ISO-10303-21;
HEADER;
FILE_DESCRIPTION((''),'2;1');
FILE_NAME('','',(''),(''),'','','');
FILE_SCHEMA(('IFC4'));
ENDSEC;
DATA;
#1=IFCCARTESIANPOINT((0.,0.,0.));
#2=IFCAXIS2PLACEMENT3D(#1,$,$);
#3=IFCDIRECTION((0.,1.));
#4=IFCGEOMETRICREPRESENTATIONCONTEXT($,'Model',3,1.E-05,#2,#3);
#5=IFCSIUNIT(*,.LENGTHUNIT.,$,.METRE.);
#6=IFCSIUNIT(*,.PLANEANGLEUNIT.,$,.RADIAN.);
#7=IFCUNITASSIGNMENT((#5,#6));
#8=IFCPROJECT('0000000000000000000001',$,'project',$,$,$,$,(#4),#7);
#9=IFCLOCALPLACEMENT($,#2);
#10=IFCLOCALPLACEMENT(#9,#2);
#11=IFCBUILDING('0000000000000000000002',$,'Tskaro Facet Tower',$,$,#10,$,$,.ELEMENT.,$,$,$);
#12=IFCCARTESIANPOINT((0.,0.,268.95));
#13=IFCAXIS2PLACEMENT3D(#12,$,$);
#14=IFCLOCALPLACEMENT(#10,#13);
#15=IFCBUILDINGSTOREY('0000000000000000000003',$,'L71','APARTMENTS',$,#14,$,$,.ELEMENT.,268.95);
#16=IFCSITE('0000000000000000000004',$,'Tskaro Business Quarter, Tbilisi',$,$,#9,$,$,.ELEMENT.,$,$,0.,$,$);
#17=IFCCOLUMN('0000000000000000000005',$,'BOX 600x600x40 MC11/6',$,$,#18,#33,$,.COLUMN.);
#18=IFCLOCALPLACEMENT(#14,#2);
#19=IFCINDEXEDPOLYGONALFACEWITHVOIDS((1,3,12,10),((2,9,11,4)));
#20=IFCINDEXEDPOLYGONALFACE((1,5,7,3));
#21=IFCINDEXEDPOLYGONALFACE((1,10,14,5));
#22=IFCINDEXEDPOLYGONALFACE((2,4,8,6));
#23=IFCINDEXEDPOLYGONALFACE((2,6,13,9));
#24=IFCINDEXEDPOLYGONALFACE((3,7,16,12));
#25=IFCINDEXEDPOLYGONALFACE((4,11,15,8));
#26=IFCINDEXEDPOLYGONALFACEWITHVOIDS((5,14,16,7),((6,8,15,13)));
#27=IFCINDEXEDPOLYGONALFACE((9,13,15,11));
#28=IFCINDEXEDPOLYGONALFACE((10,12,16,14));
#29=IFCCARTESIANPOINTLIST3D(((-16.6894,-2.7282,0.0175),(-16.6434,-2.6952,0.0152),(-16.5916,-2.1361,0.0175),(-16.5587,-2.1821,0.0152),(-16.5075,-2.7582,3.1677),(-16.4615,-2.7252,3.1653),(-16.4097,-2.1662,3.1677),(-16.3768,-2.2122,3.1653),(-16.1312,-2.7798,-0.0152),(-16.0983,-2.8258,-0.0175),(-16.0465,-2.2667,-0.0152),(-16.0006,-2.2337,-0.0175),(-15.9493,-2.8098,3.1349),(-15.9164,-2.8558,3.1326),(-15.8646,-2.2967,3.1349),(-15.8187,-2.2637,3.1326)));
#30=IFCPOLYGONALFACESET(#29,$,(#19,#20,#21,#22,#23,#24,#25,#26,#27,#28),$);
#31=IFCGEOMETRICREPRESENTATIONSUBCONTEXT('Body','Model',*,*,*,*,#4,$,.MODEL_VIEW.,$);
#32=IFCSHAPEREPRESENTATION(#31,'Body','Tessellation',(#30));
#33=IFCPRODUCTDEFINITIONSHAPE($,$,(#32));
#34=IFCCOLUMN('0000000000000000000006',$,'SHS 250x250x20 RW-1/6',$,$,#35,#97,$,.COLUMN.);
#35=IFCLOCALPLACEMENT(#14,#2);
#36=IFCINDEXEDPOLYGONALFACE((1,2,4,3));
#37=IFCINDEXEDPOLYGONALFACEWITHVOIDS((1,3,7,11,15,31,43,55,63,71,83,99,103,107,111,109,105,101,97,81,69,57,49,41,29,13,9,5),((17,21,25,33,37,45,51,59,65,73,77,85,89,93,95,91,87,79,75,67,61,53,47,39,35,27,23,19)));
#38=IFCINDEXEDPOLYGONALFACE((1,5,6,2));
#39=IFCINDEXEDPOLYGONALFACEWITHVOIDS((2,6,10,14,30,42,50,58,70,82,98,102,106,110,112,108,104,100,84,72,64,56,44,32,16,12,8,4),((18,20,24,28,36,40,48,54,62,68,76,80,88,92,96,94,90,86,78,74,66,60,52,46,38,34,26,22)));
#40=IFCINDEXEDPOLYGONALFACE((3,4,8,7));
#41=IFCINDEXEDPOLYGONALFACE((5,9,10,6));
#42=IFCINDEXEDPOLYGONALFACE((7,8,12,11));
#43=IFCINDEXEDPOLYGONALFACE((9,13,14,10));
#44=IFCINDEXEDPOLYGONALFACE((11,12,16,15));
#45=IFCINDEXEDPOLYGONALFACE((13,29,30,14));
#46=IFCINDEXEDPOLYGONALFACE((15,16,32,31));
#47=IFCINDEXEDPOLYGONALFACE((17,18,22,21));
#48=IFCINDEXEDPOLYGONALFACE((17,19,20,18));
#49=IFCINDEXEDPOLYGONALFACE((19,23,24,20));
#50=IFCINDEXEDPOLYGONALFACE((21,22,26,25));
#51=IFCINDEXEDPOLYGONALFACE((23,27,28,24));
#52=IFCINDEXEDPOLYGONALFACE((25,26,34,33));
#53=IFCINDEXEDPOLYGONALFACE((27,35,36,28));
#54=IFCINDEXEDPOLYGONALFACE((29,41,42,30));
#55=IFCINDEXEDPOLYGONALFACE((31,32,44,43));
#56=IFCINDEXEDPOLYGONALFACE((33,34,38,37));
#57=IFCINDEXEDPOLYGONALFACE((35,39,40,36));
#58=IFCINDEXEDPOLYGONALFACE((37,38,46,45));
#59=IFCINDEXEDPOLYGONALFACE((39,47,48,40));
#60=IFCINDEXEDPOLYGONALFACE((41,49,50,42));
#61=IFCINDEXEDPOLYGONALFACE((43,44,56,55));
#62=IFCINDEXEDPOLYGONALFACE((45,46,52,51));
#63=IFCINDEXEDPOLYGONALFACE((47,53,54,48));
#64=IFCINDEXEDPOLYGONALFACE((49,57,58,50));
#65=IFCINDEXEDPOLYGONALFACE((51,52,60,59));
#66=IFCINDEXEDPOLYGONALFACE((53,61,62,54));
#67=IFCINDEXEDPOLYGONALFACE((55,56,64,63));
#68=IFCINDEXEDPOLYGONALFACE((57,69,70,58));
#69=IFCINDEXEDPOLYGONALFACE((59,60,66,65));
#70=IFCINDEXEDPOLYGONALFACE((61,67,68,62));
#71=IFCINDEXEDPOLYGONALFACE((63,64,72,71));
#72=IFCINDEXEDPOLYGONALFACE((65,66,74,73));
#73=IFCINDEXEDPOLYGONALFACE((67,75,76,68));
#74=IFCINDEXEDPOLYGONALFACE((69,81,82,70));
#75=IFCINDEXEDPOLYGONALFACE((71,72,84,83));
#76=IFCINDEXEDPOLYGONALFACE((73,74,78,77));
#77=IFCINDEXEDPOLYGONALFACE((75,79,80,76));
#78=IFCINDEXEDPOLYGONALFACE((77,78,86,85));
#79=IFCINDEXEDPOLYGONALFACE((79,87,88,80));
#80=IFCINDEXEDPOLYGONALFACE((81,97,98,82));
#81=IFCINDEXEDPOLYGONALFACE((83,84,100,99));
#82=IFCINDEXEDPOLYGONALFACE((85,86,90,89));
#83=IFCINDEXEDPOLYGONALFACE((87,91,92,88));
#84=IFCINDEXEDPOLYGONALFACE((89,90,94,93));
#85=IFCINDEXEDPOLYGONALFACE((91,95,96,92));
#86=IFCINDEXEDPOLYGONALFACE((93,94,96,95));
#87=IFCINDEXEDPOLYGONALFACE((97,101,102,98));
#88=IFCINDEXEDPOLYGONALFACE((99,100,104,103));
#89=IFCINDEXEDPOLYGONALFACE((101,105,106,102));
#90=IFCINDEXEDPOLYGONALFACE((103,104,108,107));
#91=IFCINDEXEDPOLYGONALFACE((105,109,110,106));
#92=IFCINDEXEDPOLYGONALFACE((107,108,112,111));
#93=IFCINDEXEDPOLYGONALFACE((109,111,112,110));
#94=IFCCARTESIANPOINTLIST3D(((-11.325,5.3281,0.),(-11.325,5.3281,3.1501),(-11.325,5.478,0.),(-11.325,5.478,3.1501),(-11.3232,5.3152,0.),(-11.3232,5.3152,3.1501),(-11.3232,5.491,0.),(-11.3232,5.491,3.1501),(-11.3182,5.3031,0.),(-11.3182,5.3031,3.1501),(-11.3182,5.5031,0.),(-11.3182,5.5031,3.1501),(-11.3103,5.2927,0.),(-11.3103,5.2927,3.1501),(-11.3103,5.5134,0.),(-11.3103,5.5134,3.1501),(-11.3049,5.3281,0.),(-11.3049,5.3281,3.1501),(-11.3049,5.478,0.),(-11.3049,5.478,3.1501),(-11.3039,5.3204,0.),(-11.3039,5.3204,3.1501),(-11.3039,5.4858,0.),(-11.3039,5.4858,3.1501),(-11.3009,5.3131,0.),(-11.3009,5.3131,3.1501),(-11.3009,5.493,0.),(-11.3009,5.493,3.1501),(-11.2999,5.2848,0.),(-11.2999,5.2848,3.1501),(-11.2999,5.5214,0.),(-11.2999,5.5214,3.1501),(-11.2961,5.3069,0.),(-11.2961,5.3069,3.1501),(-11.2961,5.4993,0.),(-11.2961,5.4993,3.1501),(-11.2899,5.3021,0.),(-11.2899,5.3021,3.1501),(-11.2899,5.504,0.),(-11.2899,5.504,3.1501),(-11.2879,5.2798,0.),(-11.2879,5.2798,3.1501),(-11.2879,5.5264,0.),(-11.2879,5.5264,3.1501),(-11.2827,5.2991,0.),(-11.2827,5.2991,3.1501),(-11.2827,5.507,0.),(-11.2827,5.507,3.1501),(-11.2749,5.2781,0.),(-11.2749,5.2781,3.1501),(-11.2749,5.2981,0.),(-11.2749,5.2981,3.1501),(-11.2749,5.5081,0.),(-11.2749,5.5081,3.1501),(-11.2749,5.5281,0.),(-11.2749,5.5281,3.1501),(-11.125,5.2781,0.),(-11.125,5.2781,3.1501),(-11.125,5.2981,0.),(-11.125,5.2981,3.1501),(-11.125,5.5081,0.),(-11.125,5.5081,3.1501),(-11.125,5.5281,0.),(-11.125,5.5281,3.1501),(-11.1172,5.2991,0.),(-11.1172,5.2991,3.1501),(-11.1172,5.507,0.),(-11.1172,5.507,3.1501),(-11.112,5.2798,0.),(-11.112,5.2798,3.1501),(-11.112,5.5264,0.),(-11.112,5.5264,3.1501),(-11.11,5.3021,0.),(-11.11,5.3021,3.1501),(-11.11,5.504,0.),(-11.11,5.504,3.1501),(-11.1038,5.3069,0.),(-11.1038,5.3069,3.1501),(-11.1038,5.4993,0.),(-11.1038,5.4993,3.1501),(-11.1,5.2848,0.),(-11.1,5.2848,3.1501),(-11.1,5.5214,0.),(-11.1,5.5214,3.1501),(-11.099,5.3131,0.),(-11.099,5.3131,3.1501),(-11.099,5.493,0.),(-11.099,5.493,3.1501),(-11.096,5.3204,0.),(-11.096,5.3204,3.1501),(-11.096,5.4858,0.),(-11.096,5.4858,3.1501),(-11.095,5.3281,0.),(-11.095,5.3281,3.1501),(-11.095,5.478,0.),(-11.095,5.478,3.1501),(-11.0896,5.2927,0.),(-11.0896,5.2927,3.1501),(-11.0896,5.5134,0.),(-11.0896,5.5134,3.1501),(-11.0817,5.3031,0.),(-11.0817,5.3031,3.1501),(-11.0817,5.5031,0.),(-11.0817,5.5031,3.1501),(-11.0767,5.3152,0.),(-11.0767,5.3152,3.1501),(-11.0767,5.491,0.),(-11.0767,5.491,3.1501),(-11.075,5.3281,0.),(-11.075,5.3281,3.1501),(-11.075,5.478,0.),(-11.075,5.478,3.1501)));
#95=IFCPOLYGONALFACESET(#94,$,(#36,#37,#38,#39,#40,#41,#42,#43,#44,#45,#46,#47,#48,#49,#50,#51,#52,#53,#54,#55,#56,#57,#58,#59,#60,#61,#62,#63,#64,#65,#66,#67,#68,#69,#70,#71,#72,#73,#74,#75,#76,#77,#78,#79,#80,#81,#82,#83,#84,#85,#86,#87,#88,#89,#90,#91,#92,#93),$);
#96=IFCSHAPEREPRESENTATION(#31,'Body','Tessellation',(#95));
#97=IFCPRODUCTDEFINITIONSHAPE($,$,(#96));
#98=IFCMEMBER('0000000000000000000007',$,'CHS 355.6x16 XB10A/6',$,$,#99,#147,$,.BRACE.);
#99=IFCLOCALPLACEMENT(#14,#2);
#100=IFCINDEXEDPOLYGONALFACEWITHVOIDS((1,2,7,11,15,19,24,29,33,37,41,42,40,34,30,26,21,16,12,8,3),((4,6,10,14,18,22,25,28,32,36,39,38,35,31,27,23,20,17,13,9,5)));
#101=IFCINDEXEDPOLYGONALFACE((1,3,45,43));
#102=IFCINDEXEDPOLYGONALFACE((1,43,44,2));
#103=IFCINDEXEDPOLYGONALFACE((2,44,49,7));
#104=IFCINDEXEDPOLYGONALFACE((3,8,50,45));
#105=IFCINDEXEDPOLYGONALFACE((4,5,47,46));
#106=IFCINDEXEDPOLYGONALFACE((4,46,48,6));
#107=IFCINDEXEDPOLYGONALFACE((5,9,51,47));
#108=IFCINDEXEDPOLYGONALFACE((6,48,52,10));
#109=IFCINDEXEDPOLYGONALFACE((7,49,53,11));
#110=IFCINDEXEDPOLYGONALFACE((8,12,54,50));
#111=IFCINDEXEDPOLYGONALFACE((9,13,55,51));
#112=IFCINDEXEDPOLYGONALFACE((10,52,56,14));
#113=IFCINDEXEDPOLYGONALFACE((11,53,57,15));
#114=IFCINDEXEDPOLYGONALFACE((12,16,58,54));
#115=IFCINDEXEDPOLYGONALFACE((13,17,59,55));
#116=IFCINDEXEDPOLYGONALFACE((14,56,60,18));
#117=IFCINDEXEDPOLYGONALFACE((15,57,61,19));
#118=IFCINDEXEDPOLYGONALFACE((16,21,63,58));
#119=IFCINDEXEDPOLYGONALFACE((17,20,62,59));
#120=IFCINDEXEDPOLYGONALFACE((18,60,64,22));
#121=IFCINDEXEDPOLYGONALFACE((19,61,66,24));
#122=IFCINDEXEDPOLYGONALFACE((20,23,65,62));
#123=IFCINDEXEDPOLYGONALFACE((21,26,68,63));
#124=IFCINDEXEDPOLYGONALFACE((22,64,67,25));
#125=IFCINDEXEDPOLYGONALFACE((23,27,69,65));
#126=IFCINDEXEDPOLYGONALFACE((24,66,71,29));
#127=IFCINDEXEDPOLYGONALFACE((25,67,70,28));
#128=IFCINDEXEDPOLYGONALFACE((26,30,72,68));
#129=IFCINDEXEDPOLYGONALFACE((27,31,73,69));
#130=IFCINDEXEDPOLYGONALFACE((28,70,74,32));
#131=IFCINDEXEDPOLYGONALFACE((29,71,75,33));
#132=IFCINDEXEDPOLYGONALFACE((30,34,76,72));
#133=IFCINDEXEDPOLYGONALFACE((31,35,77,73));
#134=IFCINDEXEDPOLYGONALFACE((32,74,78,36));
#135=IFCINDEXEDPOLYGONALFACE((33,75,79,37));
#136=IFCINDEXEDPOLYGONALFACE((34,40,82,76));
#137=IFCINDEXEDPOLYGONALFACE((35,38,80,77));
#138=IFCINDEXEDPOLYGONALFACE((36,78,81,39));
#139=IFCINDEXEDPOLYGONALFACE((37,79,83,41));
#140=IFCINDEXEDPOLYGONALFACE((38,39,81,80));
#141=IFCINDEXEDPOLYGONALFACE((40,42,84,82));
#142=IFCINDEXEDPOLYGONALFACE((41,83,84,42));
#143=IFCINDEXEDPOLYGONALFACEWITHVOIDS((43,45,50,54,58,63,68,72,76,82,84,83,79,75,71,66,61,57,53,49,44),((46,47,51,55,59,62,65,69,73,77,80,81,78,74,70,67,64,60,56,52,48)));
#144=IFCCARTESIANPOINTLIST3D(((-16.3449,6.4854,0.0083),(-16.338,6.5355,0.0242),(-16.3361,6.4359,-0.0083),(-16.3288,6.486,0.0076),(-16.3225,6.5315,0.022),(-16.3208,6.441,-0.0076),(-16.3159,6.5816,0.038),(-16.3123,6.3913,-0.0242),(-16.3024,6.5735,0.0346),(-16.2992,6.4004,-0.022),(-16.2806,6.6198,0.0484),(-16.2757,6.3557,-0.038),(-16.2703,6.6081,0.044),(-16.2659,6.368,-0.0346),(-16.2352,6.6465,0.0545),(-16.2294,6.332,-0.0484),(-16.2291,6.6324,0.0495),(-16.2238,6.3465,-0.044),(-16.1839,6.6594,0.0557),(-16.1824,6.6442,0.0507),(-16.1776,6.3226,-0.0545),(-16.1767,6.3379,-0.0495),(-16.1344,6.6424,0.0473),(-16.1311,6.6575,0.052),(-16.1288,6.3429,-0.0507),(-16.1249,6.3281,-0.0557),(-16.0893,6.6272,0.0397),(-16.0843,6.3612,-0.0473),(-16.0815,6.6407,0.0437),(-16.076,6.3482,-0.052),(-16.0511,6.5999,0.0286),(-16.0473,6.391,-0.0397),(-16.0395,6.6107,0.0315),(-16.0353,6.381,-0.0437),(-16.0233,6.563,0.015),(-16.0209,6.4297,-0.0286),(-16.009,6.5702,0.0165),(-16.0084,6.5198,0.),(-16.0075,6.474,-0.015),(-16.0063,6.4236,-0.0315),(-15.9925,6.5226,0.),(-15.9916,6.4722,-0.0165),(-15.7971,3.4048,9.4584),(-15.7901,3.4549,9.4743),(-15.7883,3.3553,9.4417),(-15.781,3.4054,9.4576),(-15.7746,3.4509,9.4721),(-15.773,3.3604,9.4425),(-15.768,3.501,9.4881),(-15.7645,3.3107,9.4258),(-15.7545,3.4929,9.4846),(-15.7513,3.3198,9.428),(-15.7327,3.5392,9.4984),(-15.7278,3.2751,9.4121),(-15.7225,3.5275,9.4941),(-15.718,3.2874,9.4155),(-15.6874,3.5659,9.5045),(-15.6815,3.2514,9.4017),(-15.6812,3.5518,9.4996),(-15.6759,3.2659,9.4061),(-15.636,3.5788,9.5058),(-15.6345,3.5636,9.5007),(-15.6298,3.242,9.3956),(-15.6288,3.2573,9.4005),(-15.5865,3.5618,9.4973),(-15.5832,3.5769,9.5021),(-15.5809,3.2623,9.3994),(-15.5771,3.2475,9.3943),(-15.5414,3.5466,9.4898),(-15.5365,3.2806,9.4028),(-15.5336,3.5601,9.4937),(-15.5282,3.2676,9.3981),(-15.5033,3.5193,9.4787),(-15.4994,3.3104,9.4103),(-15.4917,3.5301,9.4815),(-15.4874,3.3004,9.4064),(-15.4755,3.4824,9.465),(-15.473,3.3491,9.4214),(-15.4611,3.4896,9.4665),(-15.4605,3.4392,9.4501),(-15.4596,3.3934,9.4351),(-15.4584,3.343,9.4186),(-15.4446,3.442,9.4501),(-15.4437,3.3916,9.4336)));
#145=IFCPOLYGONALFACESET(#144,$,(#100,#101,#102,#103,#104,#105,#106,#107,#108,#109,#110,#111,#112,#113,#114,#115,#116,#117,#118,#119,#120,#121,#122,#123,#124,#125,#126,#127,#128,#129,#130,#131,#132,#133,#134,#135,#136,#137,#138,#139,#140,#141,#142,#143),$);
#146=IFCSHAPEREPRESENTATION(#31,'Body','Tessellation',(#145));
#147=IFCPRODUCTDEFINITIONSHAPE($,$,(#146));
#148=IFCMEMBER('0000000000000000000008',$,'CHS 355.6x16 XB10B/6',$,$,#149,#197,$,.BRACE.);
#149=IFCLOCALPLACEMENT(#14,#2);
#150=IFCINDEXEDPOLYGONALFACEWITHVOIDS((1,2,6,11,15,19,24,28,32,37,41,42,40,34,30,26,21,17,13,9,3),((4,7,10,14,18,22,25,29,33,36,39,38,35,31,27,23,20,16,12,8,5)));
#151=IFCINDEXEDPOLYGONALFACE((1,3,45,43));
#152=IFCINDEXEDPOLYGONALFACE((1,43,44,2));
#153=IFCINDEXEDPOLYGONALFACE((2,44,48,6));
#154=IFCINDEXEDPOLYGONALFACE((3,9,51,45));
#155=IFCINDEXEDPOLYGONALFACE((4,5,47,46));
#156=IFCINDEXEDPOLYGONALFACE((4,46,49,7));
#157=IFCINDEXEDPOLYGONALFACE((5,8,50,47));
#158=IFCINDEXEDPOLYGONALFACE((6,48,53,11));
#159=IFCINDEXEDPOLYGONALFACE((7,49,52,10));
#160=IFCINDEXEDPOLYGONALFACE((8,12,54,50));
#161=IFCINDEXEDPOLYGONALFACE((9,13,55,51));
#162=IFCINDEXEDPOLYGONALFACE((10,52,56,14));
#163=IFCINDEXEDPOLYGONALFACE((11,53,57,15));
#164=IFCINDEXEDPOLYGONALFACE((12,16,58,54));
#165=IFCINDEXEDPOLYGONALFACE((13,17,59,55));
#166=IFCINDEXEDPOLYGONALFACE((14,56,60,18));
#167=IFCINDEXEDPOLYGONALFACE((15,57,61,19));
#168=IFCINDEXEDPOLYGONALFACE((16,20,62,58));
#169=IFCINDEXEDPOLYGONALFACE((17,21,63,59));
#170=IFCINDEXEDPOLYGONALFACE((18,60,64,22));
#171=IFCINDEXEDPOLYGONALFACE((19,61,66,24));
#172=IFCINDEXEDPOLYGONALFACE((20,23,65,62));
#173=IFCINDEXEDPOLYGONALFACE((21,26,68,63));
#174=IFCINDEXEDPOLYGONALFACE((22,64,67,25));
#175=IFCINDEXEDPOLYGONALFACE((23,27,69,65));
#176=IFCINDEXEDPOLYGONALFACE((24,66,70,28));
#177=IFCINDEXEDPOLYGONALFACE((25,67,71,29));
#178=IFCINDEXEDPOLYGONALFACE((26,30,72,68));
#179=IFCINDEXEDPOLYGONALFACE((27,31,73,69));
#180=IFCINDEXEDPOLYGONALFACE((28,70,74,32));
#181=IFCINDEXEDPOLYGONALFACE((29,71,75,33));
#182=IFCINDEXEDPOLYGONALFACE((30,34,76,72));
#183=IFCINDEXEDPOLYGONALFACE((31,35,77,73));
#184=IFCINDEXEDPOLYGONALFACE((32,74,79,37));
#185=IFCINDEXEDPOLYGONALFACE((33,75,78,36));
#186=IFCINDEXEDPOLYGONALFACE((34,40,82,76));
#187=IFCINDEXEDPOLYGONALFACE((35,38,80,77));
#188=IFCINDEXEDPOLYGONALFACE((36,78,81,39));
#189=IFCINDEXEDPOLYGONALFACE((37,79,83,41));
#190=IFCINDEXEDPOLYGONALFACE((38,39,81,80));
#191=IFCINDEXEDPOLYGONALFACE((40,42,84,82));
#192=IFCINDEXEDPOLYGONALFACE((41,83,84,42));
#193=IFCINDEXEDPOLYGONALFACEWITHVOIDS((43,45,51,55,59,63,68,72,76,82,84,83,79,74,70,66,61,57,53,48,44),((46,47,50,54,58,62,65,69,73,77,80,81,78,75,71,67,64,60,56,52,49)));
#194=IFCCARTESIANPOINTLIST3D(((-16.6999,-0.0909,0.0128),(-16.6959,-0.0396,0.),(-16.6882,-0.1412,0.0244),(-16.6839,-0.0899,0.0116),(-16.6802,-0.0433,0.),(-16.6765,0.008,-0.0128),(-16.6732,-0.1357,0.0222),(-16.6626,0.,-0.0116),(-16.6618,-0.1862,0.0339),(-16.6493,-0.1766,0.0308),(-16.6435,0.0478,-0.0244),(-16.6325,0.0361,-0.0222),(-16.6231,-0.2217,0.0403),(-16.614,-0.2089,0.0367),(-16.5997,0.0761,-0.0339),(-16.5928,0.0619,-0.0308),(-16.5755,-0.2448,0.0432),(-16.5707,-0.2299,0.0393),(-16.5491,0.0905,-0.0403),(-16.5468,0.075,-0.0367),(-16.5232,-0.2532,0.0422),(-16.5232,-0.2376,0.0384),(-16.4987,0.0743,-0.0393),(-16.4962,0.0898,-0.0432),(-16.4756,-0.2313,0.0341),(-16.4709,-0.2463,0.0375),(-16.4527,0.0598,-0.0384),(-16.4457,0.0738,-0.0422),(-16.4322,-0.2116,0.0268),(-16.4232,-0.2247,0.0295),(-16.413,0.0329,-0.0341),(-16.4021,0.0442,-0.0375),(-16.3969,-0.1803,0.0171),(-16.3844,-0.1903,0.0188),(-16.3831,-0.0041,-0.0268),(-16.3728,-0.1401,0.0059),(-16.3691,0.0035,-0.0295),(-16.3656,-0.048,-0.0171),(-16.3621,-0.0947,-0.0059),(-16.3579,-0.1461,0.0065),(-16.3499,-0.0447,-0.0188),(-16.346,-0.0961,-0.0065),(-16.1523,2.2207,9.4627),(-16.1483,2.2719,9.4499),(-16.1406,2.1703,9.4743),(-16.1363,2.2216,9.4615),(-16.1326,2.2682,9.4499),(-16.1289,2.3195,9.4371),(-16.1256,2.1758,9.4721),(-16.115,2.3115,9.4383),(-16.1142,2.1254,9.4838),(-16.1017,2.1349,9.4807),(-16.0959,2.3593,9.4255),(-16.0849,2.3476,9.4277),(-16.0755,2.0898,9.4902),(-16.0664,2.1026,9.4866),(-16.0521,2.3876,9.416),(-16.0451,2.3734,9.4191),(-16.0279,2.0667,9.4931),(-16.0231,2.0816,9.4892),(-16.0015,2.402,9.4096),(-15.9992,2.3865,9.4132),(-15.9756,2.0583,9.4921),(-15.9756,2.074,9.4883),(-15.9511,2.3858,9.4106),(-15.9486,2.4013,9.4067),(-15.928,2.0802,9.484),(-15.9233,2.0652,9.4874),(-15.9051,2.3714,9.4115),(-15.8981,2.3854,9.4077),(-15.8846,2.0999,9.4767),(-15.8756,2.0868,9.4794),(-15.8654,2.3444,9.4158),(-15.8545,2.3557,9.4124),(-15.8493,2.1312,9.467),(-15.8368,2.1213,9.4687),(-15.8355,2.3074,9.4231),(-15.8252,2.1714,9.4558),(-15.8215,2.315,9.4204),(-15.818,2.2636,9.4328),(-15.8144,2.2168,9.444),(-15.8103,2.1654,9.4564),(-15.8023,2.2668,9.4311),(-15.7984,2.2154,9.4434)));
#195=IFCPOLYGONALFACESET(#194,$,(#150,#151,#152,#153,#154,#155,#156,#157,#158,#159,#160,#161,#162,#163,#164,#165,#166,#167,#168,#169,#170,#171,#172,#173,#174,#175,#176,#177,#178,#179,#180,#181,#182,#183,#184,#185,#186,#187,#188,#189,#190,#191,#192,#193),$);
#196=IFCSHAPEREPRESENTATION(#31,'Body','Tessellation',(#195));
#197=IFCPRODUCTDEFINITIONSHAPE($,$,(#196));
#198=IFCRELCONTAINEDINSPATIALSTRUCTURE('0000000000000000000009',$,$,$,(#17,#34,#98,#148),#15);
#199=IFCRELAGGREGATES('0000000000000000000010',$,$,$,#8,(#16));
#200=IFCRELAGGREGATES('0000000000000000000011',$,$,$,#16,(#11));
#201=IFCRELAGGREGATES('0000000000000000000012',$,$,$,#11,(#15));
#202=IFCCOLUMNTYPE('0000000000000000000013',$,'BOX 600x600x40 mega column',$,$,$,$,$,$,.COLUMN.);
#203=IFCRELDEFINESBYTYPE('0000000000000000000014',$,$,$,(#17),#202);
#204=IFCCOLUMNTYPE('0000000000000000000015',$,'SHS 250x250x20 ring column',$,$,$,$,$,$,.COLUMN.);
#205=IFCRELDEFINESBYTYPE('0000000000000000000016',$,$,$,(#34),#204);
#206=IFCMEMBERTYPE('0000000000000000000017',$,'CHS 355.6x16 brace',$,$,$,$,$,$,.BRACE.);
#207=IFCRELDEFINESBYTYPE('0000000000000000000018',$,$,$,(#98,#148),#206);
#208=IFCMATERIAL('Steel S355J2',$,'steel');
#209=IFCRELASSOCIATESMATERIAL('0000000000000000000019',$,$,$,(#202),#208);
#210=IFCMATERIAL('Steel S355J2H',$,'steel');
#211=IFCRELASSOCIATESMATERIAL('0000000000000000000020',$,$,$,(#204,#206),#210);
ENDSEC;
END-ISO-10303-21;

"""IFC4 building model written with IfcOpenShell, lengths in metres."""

from ifc_helpers import new_model, si_unit, direction, frame, origin, origin_2d, place, context, subcontext, project, spatial, hollow_rectangle, hollow_circle, extrude, material, material_profile, profile_set, type_object, element, save


model = new_model("IFC4")

# Units and contexts
model_context = context("Model", 3, precision=1e-05, world=origin(), true_north=direction((0.0, 1.0)))
body_context = subcontext(model_context, "Body", "Model", "MODEL_VIEW")
ifc_project = project(units=[si_unit("LENGTHUNIT", "METRE"), si_unit("PLANEANGLEUNIT", "RADIAN")], contexts=[model_context])

# Site, building, storey
site_placement = place(None, origin())
site = spatial("IfcSite", under=ifc_project, at=site_placement, Name="Tskaro Business Quarter, Tbilisi", CompositionType="ELEMENT", RefElevation=0.0)
building_placement = place(site_placement, origin())
building = spatial("IfcBuilding", under=site, at=building_placement, Name="Tskaro Facet Tower", CompositionType="ELEMENT")
storey_placement = place(building_placement, frame((0.0, 0.0, 268.95)))
storey = spatial("IfcBuildingStorey", under=building, at=storey_placement, Name="L71", Description="APARTMENTS", CompositionType="ELEMENT", Elevation=268.95)

# Columns
ifc_material_1 = material(Name="Steel S355J2", Category="steel")
ifc_material_profile_1 = material_profile(ifc_material_1, hollow_rectangle(XDim=0.6001, YDim=0.6001, WallThickness=0.04, at=origin_2d()), Name="BOX 600x600x40")
ifc_profile_set_1 = profile_set([ifc_material_profile_1], Name="Steel S355J2")
column_type_1 = type_object("IfcColumnType", Name="BOX 600x600x40 mega column", PredefinedType="COLUMN", material=ifc_profile_set_1)
column_1_placement = place(storey_placement, frame((-16.345, -2.481, 0.0), z_axis=(0.05764, -0.009516, 0.998292), x_axis=(0.162895, 0.986643, 0.0)))
element("IfcColumn", 1, at=column_1_placement, inside=storey, type_object=column_type_1, Name="BOX 600x600x40 MC11/6", PredefinedType="COLUMN", context=body_context, shape_type="SweptSolid", body=[
    extrude(hollow_rectangle(XDim=0.6001, YDim=0.6001, WallThickness=0.04, at=origin_2d()), origin(), (0.0, 0.0, 1.0), 3.1555),
])
ifc_material_2 = material(Name="Steel S355J2H", Category="steel")
ifc_material_profile_2 = material_profile(ifc_material_2, hollow_rectangle(XDim=0.25, YDim=0.25, WallThickness=0.02, InnerFilletRadius=0.03, OuterFilletRadius=0.05, at=origin_2d()), Name="SHS 250x250x20")
ifc_profile_set_2 = profile_set([ifc_material_profile_2], Name="Steel S355J2H")
column_type_2 = type_object("IfcColumnType", Name="SHS 250x250x20 ring column", PredefinedType="COLUMN", material=ifc_profile_set_2)
column_2_placement = place(storey_placement, frame((-11.2, 5.4031, 0.0), z_axis=(0.0, 0.0, 1.0), x_axis=(1.0, 0.0, 0.0)))
element("IfcColumn", 2, at=column_2_placement, inside=storey, type_object=column_type_2, Name="SHS 250x250x20 RW-1/6", PredefinedType="COLUMN", context=body_context, shape_type="SweptSolid", body=[
    extrude(hollow_rectangle(XDim=0.25, YDim=0.25, WallThickness=0.02, InnerFilletRadius=0.03, OuterFilletRadius=0.05, at=origin_2d()), origin(), (0.0, 0.0, 1.0), 3.1501),
])

# Members
ifc_material_profile_3 = material_profile(ifc_material_2, hollow_circle(Radius=0.1777, WallThickness=0.0161, at=origin_2d()), Name="CHS 355.6x16")
ifc_profile_set_3 = profile_set([ifc_material_profile_3], Name="Steel S355J2H")
member_type_1 = type_object("IfcMemberType", Name="CHS 355.6x16 brace", PredefinedType="BRACE", material=ifc_profile_set_3)
member_1_placement = place(storey_placement, frame((-16.1675, 6.4915, 0.0), z_axis=(0.055036, -0.309465, 0.949317), x_axis=(0.984552, 0.175094, 0.0)))
element("IfcMember", 3, at=member_1_placement, inside=storey, type_object=member_type_1, Name="CHS 355.6x16 XB10A/6", PredefinedType="BRACE", context=body_context, shape_type="SweptSolid", body=[
    extrude(hollow_circle(Radius=0.1777, WallThickness=0.0161, at=origin_2d()), origin(), (0.0, 0.0, 1.0), 9.9546),
])
member_2_placement = place(storey_placement, frame((-16.5229, -0.0806, 0.0), z_axis=(0.0562, 0.237226, 0.969827), x_axis=(-0.973067, 0.230523, 0.0)))
element("IfcMember", 4, at=member_2_placement, inside=storey, type_object=member_type_1, Name="CHS 355.6x16 XB10B/6", PredefinedType="BRACE", context=body_context, shape_type="SweptSolid", body=[
    extrude(hollow_circle(Radius=0.1777, WallThickness=0.0161, at=origin_2d()), origin(), (0.0, 0.0, 1.0), 9.7439),
])

save(model, "model.ifc")
